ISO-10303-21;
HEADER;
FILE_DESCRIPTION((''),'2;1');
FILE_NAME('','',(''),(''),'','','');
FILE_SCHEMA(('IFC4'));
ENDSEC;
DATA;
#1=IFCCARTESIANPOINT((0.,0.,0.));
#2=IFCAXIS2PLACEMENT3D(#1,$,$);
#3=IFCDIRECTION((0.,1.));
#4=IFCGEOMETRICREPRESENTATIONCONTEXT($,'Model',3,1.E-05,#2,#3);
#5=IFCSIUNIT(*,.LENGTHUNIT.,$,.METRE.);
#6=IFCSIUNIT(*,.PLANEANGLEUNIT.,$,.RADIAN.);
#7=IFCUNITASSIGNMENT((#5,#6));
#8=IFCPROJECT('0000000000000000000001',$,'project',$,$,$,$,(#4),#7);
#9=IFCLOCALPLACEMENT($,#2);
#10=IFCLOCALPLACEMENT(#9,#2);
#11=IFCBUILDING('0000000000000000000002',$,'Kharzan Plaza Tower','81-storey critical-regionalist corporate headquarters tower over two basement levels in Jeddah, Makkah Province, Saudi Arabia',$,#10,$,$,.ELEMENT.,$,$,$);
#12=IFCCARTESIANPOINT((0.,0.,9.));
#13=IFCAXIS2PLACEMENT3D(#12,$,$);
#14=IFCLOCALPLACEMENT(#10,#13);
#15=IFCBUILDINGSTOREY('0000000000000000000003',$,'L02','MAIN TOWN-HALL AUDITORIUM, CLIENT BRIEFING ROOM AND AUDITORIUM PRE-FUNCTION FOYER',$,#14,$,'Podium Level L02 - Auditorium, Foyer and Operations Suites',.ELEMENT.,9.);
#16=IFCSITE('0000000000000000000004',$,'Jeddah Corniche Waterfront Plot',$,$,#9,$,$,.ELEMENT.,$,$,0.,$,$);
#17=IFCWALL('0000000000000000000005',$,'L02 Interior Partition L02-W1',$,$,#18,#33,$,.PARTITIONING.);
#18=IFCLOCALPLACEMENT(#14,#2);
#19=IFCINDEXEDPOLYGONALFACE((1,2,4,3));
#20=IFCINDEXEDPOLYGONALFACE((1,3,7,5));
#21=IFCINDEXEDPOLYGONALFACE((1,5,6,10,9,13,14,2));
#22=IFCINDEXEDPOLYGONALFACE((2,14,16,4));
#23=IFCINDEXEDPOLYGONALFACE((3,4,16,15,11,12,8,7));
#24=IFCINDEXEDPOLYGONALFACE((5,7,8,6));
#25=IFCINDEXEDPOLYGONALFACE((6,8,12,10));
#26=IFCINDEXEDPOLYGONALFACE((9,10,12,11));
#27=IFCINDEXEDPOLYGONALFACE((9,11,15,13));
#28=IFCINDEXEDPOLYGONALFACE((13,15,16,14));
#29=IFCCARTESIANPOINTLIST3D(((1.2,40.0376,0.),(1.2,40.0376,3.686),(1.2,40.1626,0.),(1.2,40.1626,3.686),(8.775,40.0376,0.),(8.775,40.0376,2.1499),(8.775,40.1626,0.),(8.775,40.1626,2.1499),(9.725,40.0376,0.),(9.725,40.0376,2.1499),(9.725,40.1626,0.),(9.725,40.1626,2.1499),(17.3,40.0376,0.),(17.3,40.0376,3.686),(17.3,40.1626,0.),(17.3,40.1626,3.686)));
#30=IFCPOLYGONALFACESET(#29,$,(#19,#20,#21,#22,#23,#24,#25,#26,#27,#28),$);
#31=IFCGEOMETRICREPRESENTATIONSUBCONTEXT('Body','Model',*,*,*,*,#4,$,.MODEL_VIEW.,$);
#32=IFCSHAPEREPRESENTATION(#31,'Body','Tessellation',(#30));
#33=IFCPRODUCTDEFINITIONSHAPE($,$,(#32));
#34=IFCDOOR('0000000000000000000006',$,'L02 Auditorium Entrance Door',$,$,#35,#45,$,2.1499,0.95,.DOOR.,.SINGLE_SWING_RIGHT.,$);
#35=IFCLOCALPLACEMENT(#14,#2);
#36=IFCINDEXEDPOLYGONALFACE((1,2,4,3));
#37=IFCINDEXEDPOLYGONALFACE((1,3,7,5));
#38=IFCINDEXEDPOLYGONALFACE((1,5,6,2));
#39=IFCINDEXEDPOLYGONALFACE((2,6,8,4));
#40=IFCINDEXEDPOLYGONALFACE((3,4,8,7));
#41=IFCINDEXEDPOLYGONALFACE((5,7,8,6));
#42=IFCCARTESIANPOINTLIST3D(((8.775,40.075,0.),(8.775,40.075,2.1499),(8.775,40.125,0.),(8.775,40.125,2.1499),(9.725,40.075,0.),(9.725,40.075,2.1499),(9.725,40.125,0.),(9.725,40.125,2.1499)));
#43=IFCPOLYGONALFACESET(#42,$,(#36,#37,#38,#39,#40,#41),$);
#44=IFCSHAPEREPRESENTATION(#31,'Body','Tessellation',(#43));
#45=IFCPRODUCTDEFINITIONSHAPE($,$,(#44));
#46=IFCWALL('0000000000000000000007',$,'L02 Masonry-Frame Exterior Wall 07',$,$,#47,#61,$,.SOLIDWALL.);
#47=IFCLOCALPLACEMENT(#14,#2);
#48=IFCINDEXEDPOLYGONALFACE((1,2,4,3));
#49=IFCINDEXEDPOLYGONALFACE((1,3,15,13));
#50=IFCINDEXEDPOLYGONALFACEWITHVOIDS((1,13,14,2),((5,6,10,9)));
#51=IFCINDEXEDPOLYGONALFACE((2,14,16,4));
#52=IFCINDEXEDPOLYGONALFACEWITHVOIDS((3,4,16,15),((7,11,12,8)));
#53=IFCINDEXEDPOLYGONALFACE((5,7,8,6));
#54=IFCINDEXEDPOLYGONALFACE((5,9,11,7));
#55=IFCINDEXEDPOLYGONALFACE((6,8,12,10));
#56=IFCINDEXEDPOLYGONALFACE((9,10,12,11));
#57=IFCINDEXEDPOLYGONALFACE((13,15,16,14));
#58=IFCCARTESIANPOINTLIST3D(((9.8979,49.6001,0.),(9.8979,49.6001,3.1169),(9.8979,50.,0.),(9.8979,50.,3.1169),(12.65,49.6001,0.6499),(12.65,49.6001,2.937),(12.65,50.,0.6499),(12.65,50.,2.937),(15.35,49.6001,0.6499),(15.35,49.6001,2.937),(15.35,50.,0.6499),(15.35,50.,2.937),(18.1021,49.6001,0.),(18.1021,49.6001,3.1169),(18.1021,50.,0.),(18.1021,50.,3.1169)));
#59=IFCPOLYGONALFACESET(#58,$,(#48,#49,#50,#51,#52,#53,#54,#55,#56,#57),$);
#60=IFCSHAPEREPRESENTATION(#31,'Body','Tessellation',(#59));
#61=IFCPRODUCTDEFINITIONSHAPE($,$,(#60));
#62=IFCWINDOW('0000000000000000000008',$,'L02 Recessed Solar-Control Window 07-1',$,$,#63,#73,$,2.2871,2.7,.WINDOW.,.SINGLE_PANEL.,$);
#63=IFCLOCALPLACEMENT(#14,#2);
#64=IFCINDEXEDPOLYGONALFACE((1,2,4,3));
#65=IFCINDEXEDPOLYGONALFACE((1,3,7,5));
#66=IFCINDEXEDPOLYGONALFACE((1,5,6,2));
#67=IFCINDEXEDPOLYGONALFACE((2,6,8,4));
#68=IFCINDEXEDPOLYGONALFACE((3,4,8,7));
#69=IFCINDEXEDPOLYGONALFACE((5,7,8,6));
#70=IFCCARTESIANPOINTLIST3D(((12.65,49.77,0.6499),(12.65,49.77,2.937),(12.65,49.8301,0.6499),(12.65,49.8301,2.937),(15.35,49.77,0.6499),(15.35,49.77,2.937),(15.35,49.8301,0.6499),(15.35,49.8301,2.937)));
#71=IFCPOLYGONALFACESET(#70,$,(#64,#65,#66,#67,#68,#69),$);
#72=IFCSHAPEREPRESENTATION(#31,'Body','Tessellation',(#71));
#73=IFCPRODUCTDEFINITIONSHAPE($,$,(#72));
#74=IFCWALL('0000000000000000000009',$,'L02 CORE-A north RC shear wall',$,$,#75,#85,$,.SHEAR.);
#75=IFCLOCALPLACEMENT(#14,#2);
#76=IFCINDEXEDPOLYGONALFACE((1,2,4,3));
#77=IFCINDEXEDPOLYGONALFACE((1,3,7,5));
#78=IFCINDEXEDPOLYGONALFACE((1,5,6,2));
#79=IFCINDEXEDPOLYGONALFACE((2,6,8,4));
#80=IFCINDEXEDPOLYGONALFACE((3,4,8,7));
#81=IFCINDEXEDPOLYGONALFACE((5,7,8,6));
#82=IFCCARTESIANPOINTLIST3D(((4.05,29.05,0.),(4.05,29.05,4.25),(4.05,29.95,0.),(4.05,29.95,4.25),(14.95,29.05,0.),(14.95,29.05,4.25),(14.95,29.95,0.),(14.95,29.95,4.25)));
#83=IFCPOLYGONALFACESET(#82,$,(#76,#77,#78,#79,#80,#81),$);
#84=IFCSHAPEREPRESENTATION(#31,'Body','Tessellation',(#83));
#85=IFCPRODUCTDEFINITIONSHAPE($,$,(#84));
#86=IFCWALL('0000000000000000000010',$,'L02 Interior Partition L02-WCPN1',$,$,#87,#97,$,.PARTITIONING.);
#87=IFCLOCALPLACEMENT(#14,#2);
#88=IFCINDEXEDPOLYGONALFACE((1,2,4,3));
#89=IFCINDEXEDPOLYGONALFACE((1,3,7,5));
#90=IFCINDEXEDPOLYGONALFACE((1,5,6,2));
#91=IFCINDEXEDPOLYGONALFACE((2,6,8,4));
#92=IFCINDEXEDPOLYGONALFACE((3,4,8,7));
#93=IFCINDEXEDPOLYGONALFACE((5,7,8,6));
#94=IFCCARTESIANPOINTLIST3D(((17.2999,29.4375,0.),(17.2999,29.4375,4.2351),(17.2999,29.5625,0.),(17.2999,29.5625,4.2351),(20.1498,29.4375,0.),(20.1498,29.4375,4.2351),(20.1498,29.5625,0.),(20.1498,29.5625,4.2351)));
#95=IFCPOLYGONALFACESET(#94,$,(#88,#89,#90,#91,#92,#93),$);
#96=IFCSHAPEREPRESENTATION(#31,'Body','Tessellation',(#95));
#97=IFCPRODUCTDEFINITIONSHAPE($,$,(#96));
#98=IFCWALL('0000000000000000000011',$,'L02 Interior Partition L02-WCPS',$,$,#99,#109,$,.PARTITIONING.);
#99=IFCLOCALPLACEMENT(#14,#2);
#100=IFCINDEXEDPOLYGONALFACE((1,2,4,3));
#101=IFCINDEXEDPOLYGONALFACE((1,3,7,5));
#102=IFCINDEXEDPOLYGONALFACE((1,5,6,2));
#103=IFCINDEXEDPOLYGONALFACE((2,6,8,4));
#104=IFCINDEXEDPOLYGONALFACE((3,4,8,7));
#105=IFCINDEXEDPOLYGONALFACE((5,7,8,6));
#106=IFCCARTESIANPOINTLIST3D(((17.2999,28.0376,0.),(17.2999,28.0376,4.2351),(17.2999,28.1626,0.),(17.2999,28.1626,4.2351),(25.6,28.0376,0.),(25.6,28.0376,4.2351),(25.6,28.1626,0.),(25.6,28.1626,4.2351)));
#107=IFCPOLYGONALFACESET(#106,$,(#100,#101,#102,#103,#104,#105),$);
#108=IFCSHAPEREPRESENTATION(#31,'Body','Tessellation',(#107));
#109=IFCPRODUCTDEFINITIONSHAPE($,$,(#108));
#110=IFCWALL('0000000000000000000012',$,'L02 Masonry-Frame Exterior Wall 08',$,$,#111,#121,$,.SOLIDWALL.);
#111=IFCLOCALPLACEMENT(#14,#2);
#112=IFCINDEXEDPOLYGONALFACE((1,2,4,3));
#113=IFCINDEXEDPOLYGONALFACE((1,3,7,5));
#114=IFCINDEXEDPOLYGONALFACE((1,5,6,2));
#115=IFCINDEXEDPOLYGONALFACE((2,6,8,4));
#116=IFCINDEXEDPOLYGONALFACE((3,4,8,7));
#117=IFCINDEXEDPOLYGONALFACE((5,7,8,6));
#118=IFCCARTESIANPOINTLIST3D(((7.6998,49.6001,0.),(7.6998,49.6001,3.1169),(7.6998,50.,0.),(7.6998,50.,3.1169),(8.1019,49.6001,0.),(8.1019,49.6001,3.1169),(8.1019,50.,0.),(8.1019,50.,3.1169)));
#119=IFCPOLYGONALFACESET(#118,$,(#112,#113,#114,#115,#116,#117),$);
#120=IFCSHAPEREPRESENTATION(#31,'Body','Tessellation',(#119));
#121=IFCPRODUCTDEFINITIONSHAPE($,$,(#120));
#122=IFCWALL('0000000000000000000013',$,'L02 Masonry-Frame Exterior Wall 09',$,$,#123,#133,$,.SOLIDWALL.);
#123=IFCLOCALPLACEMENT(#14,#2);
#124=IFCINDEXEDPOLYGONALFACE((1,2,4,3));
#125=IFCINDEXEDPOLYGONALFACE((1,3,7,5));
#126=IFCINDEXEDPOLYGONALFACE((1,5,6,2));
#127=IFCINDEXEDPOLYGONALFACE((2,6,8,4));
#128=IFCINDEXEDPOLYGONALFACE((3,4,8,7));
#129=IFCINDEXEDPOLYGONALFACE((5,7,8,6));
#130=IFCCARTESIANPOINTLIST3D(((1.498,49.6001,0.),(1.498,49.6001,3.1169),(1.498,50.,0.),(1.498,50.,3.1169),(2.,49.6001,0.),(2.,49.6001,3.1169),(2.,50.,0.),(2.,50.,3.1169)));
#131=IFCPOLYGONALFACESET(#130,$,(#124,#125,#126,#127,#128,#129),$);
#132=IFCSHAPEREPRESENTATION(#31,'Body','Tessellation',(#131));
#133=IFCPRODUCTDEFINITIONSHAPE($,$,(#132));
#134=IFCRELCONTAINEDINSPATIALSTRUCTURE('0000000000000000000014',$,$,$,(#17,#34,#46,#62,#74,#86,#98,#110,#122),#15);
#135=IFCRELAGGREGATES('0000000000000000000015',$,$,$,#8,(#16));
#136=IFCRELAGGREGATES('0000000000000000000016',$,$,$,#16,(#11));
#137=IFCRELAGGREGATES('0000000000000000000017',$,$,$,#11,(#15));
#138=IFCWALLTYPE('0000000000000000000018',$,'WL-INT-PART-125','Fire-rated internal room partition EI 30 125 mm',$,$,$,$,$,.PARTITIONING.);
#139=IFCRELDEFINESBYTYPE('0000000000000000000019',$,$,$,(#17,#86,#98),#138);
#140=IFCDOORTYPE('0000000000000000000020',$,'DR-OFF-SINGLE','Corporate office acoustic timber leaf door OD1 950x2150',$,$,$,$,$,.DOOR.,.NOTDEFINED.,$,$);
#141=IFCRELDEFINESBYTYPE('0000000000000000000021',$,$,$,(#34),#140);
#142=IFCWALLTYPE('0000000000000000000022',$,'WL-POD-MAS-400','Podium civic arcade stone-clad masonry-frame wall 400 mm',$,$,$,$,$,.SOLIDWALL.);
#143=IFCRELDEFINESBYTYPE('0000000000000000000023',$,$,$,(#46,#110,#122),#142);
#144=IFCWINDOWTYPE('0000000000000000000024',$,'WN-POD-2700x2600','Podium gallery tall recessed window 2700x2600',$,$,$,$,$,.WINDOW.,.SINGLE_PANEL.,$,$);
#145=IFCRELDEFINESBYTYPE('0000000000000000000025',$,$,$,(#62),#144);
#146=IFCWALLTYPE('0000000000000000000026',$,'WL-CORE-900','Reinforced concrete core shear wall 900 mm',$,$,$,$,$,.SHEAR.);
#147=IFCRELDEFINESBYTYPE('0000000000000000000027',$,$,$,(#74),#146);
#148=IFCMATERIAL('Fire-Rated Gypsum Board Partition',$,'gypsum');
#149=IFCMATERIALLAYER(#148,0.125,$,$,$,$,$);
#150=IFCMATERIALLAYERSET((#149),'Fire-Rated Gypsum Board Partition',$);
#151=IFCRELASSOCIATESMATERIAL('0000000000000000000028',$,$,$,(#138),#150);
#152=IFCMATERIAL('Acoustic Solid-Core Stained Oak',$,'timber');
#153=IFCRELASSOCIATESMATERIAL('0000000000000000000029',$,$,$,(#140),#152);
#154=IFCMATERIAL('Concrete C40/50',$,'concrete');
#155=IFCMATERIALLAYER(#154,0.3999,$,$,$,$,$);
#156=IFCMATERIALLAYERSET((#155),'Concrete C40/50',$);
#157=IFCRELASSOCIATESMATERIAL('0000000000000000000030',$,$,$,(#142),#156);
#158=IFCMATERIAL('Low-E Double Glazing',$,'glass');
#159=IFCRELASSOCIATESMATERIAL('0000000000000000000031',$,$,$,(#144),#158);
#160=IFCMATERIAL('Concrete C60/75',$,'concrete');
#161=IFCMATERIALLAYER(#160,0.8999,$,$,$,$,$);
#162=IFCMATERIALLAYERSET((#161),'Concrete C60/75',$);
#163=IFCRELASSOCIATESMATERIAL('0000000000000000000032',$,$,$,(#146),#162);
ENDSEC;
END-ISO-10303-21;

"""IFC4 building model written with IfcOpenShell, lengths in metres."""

from ifc_helpers import new_model, si_unit, direction, frame, frame_2d, origin, place, context, subcontext, project, spatial, rectangle, extrude, source, transform, mapped, material, layer, layer_set, type_object, element, fill, save


model = new_model("IFC4")

# Units and contexts
model_context = context("Model", 3, precision=1e-05, world=origin(), true_north=direction((0.0, 1.0)))
body_context = subcontext(model_context, "Body", "Model", "MODEL_VIEW")
ifc_project = project(units=[si_unit("LENGTHUNIT", "METRE"), si_unit("PLANEANGLEUNIT", "RADIAN")], contexts=[model_context])

# Site, building, storey
site_placement = place(None, origin())
site = spatial("IfcSite", under=ifc_project, at=site_placement, Name="Jeddah Corniche Waterfront Plot", CompositionType="ELEMENT", RefElevation=0.0)
building_placement = place(site_placement, origin())
building = spatial("IfcBuilding", under=site, at=building_placement, Name="Kharzan Plaza Tower", Description="81-storey critical-regionalist corporate headquarters tower over two basement levels in Jeddah, Makkah Province, Saudi Arabia", CompositionType="ELEMENT")
storey_placement = place(building_placement, frame((0.0, 0.0, 9.0)))
storey = spatial("IfcBuildingStorey", under=building, at=storey_placement, Name="L02", Description="MAIN TOWN-HALL AUDITORIUM, CLIENT BRIEFING ROOM AND AUDITORIUM PRE-FUNCTION FOYER", LongName="Podium Level L02 - Auditorium, Foyer and Operations Suites", CompositionType="ELEMENT", Elevation=9.0)

# Shared definitions
ifc_material_1 = material(Name="Concrete C60/75", Category="concrete")

# Wall, opening, door
ifc_material_2 = material(Name="Fire-Rated Gypsum Board Partition", Category="gypsum")
ifc_layer_1 = layer(ifc_material_2, 0.125)
ifc_layer_set_1 = layer_set([ifc_layer_1], Name="Fire-Rated Gypsum Board Partition")
wall_type_1 = type_object("IfcWallType", Name="WL-INT-PART-125", Description="Fire-rated internal room partition EI 30 125 mm", PredefinedType="PARTITIONING", material=ifc_layer_set_1)
wall_1_placement = place(storey_placement, frame((1.2, 40.1001, 0.0), z_axis=(0.0, 0.0, 1.0), x_axis=(1.0, 0.0, 0.0)))
wall_1 = element("IfcWall", 1, at=wall_1_placement, inside=storey, type_object=wall_type_1, Name="L02 Interior Partition L02-W1", PredefinedType="PARTITIONING", context=body_context, shape_type="SweptSolid", body=[
    extrude(rectangle(XDim=16.1001, YDim=0.125, at=frame_2d((8.05, 0.0))), origin(), (0.0, 0.0, 1.0), 3.686),
])
opening_1_placement = place(wall_1_placement, frame((7.575, 0.0, 0.0)))
opening_1 = element("IfcOpeningElement", 2, at=opening_1_placement, cuts=wall_1, PredefinedType="OPENING", context=body_context, shape_type="SweptSolid", body=[
    extrude(rectangle(XDim=0.95, YDim=2.1499, at=frame_2d((0.4751, 1.075))), frame((0.0, 0.0725, 0.0), z_axis=(0.0, -1.0, 0.0), x_axis=(1.0, 0.0, 0.0)), (0.0, 0.0, 1.0), 0.145),
])
ifc_material_3 = material(Name="Acoustic Solid-Core Stained Oak", Category="timber")
door_type = type_object("IfcDoorType", Name="DR-OFF-SINGLE", Description="Corporate office acoustic timber leaf door OD1 950x2150", OperationType="NOTDEFINED", PredefinedType="DOOR", material=ifc_material_3)
shared_shape_1 = source(origin(), body_context, "Body", "SweptSolid", [
    extrude(rectangle(XDim=0.95, YDim=2.1499, at=frame_2d((0.4751, 1.075))), frame((0.0, 0.0249, 0.0), z_axis=(0.0, -1.0, 0.0), x_axis=(1.0, 0.0, 0.0)), (0.0, 0.0, 1.0), 0.05),
])
door_placement = place(opening_1_placement, origin())
door = element("IfcDoor", 3, at=door_placement, inside=storey, type_object=door_type, Name="L02 Auditorium Entrance Door", OperationType="SINGLE_SWING_RIGHT", OverallHeight=2.1499, OverallWidth=0.95, PredefinedType="DOOR", context=body_context, shape_type="MappedRepresentation", body=[
    mapped(shared_shape_1, transform((0.0, 0.0, 0.0), x_axis=(1.0, 0.0, 0.0), y_axis=(0.0, 1.0, 0.0), z_axis=(0.0, 0.0, 1.0))),
])
fill(opening_1, door)

# Wall, opening, window
ifc_material_4 = material(Name="Concrete C40/50", Category="concrete")
ifc_layer_2 = layer(ifc_material_4, 0.3999)
ifc_layer_set_2 = layer_set([ifc_layer_2], Name="Concrete C40/50")
wall_type_2 = type_object("IfcWallType", Name="WL-POD-MAS-400", Description="Podium civic arcade stone-clad masonry-frame wall 400 mm", PredefinedType="SOLIDWALL", material=ifc_layer_set_2)
wall_2_placement = place(storey_placement, frame((18.1021, 49.8, 0.0), z_axis=(0.0, 0.0, 1.0), x_axis=(-1.0, 0.0, 0.0)))
wall_2 = element("IfcWall", 4, at=wall_2_placement, inside=storey, type_object=wall_type_2, Name="L02 Masonry-Frame Exterior Wall 07", PredefinedType="SOLIDWALL", context=body_context, shape_type="SweptSolid", body=[
    extrude(rectangle(XDim=8.2041, YDim=0.3999, at=frame_2d((4.1021, 0.0))), origin(), (0.0, 0.0, 1.0), 3.1169),
])
opening_2_placement = place(wall_2_placement, frame((2.752, 0.0, 0.6499)))
opening_2 = element("IfcOpeningElement", 5, at=opening_2_placement, cuts=wall_2, PredefinedType="OPENING", context=body_context, shape_type="SweptSolid", body=[
    extrude(rectangle(XDim=2.7, YDim=2.2871, at=frame_2d((1.3501, 1.1436))), frame((0.0, 0.21, 0.0), z_axis=(0.0, -1.0, 0.0), x_axis=(1.0, 0.0, 0.0)), (0.0, 0.0, 1.0), 0.4199),
])
ifc_material_5 = material(Name="Low-E Double Glazing", Category="glass")
window_type = type_object("IfcWindowType", Name="WN-POD-2700x2600", Description="Podium gallery tall recessed window 2700x2600", PartitioningType="SINGLE_PANEL", PredefinedType="WINDOW", material=ifc_material_5)
shared_shape_2 = source(origin(), body_context, "Body", "SweptSolid", [
    extrude(rectangle(XDim=2.7, YDim=2.2871, at=frame_2d((1.3501, 1.1436))), frame((0.0, 0.03, 0.0), z_axis=(0.0, -1.0, 0.0), x_axis=(1.0, 0.0, 0.0)), (0.0, 0.0, 1.0), 0.0601),
])
window_placement = place(opening_2_placement, origin())
window = element("IfcWindow", 6, at=window_placement, inside=storey, type_object=window_type, Name="L02 Recessed Solar-Control Window 07-1", OverallHeight=2.2871, OverallWidth=2.7, PartitioningType="SINGLE_PANEL", PredefinedType="WINDOW", context=body_context, shape_type="MappedRepresentation", body=[
    mapped(shared_shape_2, transform((0.0, 0.0, 0.0), x_axis=(1.0, 0.0, 0.0), y_axis=(0.0, 1.0, 0.0), z_axis=(0.0, 0.0, 1.0))),
])
fill(opening_2, window)

# Walls
ifc_layer_3 = layer(ifc_material_1, 0.8999)
ifc_layer_set_3 = layer_set([ifc_layer_3], Name="Concrete C60/75")
wall_type_3 = type_object("IfcWallType", Name="WL-CORE-900", Description="Reinforced concrete core shear wall 900 mm", PredefinedType="SHEAR", material=ifc_layer_set_3)
shared_shape_3 = source(origin(), body_context, "Body", "SweptSolid", [
    extrude(rectangle(XDim=10.8999, YDim=0.8999, at=frame_2d((5.45, 0.0))), origin(), (0.0, 0.0, 1.0), 4.25),
])
wall_3_placement = place(storey_placement, frame((4.05, 29.5, 0.0), z_axis=(0.0, 0.0, 1.0), x_axis=(1.0, 0.0, 0.0)))
element("IfcWall", 7, at=wall_3_placement, inside=storey, type_object=wall_type_3, Name="L02 CORE-A north RC shear wall", PredefinedType="SHEAR", context=body_context, shape_type="MappedRepresentation", body=[
    mapped(shared_shape_3, transform((0.0, 0.0, 0.0), x_axis=(1.0, 0.0, 0.0), y_axis=(0.0, 1.0, 0.0), z_axis=(0.0, 0.0, 1.0))),
])
shared_shape_4 = source(origin(), body_context, "Body", "SweptSolid", [
    extrude(rectangle(XDim=2.8499, YDim=0.125, at=frame_2d((1.4248, 0.0))), origin(), (0.0, 0.0, 1.0), 4.2351),
])
wall_4_placement = place(storey_placement, frame((17.3, 29.5, 0.0), z_axis=(0.0, 0.0, 1.0), x_axis=(1.0, 0.0, 0.0)))
element("IfcWall", 8, at=wall_4_placement, inside=storey, type_object=wall_type_1, Name="L02 Interior Partition L02-WCPN1", PredefinedType="PARTITIONING", context=body_context, shape_type="MappedRepresentation", body=[
    mapped(shared_shape_4, transform((0.0, 0.0, 0.0), x_axis=(1.0, 0.0, 0.0), y_axis=(0.0, 1.0, 0.0), z_axis=(0.0, 0.0, 1.0))),
])
shared_shape_5 = source(origin(), body_context, "Body", "SweptSolid", [
    extrude(rectangle(XDim=8.3, YDim=0.125, at=frame_2d((4.1499, 0.0))), origin(), (0.0, 0.0, 1.0), 4.2351),
])
wall_5_placement = place(storey_placement, frame((17.3, 28.1001, 0.0), z_axis=(0.0, 0.0, 1.0), x_axis=(1.0, 0.0, 0.0)))
element("IfcWall", 9, at=wall_5_placement, inside=storey, type_object=wall_type_1, Name="L02 Interior Partition L02-WCPS", PredefinedType="PARTITIONING", context=body_context, shape_type="MappedRepresentation", body=[
    mapped(shared_shape_5, transform((0.0, 0.0, 0.0), x_axis=(1.0, 0.0, 0.0), y_axis=(0.0, 1.0, 0.0), z_axis=(0.0, 0.0, 1.0))),
])
shared_shape_6 = source(origin(), body_context, "Body", "SweptSolid", [
    extrude(rectangle(XDim=0.4021, YDim=0.3999, at=frame_2d((0.2012, 0.0))), origin(), (0.0, 0.0, 1.0), 3.1169),
])
wall_6_placement = place(storey_placement, frame((8.1021, 49.8, 0.0), z_axis=(0.0, 0.0, 1.0), x_axis=(-1.0, 0.0, 0.0)))
element("IfcWall", 10, at=wall_6_placement, inside=storey, type_object=wall_type_2, Name="L02 Masonry-Frame Exterior Wall 08", PredefinedType="SOLIDWALL", context=body_context, shape_type="MappedRepresentation", body=[
    mapped(shared_shape_6, transform((0.0, 0.0, 0.0), x_axis=(1.0, 0.0, 0.0), y_axis=(0.0, 1.0, 0.0), z_axis=(0.0, 0.0, 1.0))),
])
shared_shape_7 = source(origin(), body_context, "Body", "SweptSolid", [
    extrude(rectangle(XDim=0.502, YDim=0.3999, at=frame_2d((0.251, 0.0))), origin(), (0.0, 0.0, 1.0), 3.1169),
])
wall_7_placement = place(storey_placement, frame((2.0, 49.8, 0.0), z_axis=(0.0, 0.0, 1.0), x_axis=(-1.0, 0.0, 0.0)))
element("IfcWall", 11, at=wall_7_placement, inside=storey, type_object=wall_type_2, Name="L02 Masonry-Frame Exterior Wall 09", PredefinedType="SOLIDWALL", context=body_context, shape_type="MappedRepresentation", body=[
    mapped(shared_shape_7, transform((0.0, 0.0, 0.0), x_axis=(1.0, 0.0, 0.0), y_axis=(0.0, 1.0, 0.0), z_axis=(0.0, 0.0, 1.0))),
])

save(model, "model.ifc")
